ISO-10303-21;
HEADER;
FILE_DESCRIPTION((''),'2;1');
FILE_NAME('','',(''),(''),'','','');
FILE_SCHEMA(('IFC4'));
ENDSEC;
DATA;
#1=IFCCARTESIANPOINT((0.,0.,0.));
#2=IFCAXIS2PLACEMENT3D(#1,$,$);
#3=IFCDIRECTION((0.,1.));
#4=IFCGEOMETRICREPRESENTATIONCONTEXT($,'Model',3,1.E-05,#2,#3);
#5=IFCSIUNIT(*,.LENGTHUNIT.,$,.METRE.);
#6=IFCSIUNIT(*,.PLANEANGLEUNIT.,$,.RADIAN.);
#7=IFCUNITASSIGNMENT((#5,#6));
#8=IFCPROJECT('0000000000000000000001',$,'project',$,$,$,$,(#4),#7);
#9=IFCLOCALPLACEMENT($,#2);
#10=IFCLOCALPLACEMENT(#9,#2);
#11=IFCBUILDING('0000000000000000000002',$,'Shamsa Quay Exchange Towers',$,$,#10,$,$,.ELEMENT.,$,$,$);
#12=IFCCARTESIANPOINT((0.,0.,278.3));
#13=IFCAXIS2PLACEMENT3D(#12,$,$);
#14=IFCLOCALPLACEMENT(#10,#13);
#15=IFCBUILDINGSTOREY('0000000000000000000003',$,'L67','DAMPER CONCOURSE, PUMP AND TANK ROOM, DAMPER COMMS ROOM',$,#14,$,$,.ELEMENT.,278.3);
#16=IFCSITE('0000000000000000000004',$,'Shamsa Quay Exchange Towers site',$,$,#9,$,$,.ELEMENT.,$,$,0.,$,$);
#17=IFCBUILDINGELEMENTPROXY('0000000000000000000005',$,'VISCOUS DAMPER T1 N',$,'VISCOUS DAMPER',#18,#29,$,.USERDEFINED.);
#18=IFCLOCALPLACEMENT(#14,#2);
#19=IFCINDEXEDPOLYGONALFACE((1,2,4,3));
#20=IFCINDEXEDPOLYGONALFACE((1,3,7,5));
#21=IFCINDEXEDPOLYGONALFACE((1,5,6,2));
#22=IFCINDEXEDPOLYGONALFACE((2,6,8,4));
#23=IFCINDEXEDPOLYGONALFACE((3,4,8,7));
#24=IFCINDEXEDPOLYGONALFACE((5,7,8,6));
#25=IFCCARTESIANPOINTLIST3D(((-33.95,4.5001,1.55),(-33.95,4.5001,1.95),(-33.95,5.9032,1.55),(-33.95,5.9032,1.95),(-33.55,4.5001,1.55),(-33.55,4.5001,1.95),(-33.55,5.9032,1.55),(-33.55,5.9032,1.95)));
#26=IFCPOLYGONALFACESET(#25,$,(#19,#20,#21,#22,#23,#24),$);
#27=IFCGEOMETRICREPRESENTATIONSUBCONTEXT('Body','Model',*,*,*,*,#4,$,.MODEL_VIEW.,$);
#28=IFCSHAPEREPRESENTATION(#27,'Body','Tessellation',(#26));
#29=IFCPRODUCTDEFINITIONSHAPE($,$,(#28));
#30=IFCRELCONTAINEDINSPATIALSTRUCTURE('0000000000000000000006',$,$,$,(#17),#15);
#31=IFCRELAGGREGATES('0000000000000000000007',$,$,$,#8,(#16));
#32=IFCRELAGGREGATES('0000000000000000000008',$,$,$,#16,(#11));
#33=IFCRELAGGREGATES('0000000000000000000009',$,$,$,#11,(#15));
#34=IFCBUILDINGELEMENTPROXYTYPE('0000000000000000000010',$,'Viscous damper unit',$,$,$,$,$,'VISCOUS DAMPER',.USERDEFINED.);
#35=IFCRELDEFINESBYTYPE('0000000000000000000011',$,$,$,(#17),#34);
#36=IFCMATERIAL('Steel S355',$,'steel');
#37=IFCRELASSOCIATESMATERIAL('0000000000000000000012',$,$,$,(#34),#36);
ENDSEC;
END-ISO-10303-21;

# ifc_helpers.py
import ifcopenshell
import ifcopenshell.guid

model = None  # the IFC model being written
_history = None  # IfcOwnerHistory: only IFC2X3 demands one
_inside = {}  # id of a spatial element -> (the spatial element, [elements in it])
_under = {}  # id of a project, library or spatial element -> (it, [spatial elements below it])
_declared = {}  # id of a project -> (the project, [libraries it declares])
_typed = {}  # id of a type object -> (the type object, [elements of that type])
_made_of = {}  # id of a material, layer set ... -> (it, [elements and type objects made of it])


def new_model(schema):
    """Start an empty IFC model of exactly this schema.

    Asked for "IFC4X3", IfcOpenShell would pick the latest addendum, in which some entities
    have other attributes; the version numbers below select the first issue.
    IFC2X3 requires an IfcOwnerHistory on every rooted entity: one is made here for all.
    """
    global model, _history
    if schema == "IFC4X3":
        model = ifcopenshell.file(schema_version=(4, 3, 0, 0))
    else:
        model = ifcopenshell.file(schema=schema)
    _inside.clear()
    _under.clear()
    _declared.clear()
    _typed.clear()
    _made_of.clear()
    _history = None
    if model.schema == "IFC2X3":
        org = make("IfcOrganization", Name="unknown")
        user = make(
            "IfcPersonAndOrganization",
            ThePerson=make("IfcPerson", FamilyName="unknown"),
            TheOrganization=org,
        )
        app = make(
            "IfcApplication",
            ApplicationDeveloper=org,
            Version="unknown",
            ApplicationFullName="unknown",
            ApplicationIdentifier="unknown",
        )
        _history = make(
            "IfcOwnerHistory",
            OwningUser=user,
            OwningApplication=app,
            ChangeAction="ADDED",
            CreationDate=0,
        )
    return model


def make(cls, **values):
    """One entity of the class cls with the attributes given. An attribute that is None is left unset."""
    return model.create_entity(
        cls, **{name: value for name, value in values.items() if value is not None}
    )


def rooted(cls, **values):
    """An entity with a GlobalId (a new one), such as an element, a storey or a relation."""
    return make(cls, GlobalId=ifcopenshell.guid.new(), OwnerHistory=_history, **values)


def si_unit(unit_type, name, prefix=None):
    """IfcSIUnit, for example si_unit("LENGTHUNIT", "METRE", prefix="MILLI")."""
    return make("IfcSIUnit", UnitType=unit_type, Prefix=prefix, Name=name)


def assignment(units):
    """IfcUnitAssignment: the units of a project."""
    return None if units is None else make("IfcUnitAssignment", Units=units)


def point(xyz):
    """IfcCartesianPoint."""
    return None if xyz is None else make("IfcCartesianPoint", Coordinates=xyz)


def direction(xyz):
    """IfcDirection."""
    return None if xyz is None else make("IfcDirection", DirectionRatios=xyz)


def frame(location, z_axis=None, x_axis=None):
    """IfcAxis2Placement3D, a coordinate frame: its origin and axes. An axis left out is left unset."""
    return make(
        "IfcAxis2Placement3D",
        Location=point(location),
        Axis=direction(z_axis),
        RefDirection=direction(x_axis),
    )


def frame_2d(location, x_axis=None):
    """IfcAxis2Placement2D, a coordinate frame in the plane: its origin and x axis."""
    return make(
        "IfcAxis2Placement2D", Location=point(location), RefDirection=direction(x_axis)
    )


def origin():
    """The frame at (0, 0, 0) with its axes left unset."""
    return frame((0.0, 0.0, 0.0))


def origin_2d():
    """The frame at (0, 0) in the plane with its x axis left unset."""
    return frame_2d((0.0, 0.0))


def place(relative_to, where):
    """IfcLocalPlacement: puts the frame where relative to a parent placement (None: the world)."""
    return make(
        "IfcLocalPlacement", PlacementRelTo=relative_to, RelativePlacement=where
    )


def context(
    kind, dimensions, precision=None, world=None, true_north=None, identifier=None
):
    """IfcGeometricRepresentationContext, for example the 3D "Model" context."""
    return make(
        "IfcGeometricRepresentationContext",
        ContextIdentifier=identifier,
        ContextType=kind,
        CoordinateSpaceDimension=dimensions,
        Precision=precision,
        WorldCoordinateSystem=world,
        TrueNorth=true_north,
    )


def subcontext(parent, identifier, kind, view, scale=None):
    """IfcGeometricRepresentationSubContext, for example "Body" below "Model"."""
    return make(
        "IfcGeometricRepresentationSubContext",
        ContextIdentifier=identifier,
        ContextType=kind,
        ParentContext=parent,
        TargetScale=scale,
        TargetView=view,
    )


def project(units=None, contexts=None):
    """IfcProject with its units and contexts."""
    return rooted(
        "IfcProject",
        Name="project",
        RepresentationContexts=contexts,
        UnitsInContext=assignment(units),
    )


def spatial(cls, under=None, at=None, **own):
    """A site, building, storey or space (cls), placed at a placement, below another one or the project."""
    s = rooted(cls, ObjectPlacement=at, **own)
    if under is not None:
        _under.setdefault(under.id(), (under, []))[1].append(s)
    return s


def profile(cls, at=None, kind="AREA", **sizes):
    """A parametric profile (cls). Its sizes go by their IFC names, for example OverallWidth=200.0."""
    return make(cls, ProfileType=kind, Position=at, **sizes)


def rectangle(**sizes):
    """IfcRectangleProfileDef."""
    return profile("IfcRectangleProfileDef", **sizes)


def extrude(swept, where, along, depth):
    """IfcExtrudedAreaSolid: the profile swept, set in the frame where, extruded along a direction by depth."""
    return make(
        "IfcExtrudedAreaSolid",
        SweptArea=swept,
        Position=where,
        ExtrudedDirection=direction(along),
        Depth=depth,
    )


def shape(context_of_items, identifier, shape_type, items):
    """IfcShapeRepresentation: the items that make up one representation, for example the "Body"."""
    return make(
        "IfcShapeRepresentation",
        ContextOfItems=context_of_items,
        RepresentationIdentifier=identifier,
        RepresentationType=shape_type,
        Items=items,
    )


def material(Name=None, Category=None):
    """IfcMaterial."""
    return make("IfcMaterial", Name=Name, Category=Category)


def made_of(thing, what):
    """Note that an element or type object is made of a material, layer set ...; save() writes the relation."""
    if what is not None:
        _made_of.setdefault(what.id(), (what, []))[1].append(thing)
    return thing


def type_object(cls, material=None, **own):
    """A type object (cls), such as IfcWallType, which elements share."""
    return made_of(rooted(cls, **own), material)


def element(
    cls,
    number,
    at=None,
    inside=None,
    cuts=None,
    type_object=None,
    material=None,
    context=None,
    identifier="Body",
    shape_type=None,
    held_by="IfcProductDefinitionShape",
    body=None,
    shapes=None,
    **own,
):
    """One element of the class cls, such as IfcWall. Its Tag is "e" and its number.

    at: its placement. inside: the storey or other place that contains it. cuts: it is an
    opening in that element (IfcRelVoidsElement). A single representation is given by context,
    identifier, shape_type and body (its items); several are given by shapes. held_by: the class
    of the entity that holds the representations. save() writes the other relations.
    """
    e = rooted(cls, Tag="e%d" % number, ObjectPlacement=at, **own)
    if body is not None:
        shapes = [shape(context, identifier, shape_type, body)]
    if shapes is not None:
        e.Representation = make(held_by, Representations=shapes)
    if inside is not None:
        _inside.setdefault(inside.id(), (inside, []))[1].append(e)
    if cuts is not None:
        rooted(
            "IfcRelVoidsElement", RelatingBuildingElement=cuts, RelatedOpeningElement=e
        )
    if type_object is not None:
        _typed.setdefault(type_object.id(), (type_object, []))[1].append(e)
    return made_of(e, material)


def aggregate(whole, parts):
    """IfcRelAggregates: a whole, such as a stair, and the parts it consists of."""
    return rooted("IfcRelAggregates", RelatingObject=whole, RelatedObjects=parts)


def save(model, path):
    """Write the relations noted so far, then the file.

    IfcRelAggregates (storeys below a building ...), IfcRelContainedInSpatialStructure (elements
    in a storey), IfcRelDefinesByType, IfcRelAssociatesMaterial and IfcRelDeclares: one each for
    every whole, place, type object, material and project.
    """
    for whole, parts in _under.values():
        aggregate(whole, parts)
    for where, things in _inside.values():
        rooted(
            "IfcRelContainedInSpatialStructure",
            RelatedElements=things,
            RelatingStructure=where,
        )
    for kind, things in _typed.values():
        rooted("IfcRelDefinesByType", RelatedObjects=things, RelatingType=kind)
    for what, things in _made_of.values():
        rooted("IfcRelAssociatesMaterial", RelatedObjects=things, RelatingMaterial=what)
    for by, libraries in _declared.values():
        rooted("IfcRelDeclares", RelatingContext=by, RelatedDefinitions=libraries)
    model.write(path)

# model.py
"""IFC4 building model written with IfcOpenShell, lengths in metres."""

from ifc_helpers import new_model, si_unit, direction, frame, origin, origin_2d, place, context, subcontext, project, spatial, rectangle, extrude, material, type_object, element, save


model = new_model("IFC4")

# Units and contexts
model_context = context("Model", 3, precision=1e-05, world=origin(), true_north=direction((0.0, 1.0)))
body_context = subcontext(model_context, "Body", "Model", "MODEL_VIEW")
ifc_project = project(units=[si_unit("LENGTHUNIT", "METRE"), si_unit("PLANEANGLEUNIT", "RADIAN")], contexts=[model_context])

# Site, building, storey
site_placement = place(None, origin())
site = spatial("IfcSite", under=ifc_project, at=site_placement, Name="Shamsa Quay Exchange Towers site", CompositionType="ELEMENT", RefElevation=0.0)
building_placement = place(site_placement, origin())
building = spatial("IfcBuilding", under=site, at=building_placement, Name="Shamsa Quay Exchange Towers", CompositionType="ELEMENT")
storey_placement = place(building_placement, frame((0.0, 0.0, 278.3)))
storey = spatial("IfcBuildingStorey", under=building, at=storey_placement, Name="L67", Description="DAMPER CONCOURSE, PUMP AND TANK ROOM, DAMPER COMMS ROOM", CompositionType="ELEMENT", Elevation=278.3)

# Shared definitions
ifc_material_1 = material(Name="Steel S355", Category="steel")

# Building element proxy
building_element_proxy_type_1 = type_object("IfcBuildingElementProxyType", Name="Viscous damper unit", ElementType="VISCOUS DAMPER", PredefinedType="USERDEFINED", material=ifc_material_1)
proxy_1_placement = place(storey_placement, frame((-33.75, 5.2017, 1.55)))
element("IfcBuildingElementProxy", 1, at=proxy_1_placement, inside=storey, type_object=building_element_proxy_type_1, Name="VISCOUS DAMPER T1 N", ObjectType="VISCOUS DAMPER", PredefinedType="USERDEFINED", context=body_context, shape_type="SweptSolid", body=[
    extrude(rectangle(XDim=0.3999, YDim=1.4031, at=origin_2d()), origin(), (0.0, 0.0, 1.0), 0.3999),
])

save(model, "model.ifc")
